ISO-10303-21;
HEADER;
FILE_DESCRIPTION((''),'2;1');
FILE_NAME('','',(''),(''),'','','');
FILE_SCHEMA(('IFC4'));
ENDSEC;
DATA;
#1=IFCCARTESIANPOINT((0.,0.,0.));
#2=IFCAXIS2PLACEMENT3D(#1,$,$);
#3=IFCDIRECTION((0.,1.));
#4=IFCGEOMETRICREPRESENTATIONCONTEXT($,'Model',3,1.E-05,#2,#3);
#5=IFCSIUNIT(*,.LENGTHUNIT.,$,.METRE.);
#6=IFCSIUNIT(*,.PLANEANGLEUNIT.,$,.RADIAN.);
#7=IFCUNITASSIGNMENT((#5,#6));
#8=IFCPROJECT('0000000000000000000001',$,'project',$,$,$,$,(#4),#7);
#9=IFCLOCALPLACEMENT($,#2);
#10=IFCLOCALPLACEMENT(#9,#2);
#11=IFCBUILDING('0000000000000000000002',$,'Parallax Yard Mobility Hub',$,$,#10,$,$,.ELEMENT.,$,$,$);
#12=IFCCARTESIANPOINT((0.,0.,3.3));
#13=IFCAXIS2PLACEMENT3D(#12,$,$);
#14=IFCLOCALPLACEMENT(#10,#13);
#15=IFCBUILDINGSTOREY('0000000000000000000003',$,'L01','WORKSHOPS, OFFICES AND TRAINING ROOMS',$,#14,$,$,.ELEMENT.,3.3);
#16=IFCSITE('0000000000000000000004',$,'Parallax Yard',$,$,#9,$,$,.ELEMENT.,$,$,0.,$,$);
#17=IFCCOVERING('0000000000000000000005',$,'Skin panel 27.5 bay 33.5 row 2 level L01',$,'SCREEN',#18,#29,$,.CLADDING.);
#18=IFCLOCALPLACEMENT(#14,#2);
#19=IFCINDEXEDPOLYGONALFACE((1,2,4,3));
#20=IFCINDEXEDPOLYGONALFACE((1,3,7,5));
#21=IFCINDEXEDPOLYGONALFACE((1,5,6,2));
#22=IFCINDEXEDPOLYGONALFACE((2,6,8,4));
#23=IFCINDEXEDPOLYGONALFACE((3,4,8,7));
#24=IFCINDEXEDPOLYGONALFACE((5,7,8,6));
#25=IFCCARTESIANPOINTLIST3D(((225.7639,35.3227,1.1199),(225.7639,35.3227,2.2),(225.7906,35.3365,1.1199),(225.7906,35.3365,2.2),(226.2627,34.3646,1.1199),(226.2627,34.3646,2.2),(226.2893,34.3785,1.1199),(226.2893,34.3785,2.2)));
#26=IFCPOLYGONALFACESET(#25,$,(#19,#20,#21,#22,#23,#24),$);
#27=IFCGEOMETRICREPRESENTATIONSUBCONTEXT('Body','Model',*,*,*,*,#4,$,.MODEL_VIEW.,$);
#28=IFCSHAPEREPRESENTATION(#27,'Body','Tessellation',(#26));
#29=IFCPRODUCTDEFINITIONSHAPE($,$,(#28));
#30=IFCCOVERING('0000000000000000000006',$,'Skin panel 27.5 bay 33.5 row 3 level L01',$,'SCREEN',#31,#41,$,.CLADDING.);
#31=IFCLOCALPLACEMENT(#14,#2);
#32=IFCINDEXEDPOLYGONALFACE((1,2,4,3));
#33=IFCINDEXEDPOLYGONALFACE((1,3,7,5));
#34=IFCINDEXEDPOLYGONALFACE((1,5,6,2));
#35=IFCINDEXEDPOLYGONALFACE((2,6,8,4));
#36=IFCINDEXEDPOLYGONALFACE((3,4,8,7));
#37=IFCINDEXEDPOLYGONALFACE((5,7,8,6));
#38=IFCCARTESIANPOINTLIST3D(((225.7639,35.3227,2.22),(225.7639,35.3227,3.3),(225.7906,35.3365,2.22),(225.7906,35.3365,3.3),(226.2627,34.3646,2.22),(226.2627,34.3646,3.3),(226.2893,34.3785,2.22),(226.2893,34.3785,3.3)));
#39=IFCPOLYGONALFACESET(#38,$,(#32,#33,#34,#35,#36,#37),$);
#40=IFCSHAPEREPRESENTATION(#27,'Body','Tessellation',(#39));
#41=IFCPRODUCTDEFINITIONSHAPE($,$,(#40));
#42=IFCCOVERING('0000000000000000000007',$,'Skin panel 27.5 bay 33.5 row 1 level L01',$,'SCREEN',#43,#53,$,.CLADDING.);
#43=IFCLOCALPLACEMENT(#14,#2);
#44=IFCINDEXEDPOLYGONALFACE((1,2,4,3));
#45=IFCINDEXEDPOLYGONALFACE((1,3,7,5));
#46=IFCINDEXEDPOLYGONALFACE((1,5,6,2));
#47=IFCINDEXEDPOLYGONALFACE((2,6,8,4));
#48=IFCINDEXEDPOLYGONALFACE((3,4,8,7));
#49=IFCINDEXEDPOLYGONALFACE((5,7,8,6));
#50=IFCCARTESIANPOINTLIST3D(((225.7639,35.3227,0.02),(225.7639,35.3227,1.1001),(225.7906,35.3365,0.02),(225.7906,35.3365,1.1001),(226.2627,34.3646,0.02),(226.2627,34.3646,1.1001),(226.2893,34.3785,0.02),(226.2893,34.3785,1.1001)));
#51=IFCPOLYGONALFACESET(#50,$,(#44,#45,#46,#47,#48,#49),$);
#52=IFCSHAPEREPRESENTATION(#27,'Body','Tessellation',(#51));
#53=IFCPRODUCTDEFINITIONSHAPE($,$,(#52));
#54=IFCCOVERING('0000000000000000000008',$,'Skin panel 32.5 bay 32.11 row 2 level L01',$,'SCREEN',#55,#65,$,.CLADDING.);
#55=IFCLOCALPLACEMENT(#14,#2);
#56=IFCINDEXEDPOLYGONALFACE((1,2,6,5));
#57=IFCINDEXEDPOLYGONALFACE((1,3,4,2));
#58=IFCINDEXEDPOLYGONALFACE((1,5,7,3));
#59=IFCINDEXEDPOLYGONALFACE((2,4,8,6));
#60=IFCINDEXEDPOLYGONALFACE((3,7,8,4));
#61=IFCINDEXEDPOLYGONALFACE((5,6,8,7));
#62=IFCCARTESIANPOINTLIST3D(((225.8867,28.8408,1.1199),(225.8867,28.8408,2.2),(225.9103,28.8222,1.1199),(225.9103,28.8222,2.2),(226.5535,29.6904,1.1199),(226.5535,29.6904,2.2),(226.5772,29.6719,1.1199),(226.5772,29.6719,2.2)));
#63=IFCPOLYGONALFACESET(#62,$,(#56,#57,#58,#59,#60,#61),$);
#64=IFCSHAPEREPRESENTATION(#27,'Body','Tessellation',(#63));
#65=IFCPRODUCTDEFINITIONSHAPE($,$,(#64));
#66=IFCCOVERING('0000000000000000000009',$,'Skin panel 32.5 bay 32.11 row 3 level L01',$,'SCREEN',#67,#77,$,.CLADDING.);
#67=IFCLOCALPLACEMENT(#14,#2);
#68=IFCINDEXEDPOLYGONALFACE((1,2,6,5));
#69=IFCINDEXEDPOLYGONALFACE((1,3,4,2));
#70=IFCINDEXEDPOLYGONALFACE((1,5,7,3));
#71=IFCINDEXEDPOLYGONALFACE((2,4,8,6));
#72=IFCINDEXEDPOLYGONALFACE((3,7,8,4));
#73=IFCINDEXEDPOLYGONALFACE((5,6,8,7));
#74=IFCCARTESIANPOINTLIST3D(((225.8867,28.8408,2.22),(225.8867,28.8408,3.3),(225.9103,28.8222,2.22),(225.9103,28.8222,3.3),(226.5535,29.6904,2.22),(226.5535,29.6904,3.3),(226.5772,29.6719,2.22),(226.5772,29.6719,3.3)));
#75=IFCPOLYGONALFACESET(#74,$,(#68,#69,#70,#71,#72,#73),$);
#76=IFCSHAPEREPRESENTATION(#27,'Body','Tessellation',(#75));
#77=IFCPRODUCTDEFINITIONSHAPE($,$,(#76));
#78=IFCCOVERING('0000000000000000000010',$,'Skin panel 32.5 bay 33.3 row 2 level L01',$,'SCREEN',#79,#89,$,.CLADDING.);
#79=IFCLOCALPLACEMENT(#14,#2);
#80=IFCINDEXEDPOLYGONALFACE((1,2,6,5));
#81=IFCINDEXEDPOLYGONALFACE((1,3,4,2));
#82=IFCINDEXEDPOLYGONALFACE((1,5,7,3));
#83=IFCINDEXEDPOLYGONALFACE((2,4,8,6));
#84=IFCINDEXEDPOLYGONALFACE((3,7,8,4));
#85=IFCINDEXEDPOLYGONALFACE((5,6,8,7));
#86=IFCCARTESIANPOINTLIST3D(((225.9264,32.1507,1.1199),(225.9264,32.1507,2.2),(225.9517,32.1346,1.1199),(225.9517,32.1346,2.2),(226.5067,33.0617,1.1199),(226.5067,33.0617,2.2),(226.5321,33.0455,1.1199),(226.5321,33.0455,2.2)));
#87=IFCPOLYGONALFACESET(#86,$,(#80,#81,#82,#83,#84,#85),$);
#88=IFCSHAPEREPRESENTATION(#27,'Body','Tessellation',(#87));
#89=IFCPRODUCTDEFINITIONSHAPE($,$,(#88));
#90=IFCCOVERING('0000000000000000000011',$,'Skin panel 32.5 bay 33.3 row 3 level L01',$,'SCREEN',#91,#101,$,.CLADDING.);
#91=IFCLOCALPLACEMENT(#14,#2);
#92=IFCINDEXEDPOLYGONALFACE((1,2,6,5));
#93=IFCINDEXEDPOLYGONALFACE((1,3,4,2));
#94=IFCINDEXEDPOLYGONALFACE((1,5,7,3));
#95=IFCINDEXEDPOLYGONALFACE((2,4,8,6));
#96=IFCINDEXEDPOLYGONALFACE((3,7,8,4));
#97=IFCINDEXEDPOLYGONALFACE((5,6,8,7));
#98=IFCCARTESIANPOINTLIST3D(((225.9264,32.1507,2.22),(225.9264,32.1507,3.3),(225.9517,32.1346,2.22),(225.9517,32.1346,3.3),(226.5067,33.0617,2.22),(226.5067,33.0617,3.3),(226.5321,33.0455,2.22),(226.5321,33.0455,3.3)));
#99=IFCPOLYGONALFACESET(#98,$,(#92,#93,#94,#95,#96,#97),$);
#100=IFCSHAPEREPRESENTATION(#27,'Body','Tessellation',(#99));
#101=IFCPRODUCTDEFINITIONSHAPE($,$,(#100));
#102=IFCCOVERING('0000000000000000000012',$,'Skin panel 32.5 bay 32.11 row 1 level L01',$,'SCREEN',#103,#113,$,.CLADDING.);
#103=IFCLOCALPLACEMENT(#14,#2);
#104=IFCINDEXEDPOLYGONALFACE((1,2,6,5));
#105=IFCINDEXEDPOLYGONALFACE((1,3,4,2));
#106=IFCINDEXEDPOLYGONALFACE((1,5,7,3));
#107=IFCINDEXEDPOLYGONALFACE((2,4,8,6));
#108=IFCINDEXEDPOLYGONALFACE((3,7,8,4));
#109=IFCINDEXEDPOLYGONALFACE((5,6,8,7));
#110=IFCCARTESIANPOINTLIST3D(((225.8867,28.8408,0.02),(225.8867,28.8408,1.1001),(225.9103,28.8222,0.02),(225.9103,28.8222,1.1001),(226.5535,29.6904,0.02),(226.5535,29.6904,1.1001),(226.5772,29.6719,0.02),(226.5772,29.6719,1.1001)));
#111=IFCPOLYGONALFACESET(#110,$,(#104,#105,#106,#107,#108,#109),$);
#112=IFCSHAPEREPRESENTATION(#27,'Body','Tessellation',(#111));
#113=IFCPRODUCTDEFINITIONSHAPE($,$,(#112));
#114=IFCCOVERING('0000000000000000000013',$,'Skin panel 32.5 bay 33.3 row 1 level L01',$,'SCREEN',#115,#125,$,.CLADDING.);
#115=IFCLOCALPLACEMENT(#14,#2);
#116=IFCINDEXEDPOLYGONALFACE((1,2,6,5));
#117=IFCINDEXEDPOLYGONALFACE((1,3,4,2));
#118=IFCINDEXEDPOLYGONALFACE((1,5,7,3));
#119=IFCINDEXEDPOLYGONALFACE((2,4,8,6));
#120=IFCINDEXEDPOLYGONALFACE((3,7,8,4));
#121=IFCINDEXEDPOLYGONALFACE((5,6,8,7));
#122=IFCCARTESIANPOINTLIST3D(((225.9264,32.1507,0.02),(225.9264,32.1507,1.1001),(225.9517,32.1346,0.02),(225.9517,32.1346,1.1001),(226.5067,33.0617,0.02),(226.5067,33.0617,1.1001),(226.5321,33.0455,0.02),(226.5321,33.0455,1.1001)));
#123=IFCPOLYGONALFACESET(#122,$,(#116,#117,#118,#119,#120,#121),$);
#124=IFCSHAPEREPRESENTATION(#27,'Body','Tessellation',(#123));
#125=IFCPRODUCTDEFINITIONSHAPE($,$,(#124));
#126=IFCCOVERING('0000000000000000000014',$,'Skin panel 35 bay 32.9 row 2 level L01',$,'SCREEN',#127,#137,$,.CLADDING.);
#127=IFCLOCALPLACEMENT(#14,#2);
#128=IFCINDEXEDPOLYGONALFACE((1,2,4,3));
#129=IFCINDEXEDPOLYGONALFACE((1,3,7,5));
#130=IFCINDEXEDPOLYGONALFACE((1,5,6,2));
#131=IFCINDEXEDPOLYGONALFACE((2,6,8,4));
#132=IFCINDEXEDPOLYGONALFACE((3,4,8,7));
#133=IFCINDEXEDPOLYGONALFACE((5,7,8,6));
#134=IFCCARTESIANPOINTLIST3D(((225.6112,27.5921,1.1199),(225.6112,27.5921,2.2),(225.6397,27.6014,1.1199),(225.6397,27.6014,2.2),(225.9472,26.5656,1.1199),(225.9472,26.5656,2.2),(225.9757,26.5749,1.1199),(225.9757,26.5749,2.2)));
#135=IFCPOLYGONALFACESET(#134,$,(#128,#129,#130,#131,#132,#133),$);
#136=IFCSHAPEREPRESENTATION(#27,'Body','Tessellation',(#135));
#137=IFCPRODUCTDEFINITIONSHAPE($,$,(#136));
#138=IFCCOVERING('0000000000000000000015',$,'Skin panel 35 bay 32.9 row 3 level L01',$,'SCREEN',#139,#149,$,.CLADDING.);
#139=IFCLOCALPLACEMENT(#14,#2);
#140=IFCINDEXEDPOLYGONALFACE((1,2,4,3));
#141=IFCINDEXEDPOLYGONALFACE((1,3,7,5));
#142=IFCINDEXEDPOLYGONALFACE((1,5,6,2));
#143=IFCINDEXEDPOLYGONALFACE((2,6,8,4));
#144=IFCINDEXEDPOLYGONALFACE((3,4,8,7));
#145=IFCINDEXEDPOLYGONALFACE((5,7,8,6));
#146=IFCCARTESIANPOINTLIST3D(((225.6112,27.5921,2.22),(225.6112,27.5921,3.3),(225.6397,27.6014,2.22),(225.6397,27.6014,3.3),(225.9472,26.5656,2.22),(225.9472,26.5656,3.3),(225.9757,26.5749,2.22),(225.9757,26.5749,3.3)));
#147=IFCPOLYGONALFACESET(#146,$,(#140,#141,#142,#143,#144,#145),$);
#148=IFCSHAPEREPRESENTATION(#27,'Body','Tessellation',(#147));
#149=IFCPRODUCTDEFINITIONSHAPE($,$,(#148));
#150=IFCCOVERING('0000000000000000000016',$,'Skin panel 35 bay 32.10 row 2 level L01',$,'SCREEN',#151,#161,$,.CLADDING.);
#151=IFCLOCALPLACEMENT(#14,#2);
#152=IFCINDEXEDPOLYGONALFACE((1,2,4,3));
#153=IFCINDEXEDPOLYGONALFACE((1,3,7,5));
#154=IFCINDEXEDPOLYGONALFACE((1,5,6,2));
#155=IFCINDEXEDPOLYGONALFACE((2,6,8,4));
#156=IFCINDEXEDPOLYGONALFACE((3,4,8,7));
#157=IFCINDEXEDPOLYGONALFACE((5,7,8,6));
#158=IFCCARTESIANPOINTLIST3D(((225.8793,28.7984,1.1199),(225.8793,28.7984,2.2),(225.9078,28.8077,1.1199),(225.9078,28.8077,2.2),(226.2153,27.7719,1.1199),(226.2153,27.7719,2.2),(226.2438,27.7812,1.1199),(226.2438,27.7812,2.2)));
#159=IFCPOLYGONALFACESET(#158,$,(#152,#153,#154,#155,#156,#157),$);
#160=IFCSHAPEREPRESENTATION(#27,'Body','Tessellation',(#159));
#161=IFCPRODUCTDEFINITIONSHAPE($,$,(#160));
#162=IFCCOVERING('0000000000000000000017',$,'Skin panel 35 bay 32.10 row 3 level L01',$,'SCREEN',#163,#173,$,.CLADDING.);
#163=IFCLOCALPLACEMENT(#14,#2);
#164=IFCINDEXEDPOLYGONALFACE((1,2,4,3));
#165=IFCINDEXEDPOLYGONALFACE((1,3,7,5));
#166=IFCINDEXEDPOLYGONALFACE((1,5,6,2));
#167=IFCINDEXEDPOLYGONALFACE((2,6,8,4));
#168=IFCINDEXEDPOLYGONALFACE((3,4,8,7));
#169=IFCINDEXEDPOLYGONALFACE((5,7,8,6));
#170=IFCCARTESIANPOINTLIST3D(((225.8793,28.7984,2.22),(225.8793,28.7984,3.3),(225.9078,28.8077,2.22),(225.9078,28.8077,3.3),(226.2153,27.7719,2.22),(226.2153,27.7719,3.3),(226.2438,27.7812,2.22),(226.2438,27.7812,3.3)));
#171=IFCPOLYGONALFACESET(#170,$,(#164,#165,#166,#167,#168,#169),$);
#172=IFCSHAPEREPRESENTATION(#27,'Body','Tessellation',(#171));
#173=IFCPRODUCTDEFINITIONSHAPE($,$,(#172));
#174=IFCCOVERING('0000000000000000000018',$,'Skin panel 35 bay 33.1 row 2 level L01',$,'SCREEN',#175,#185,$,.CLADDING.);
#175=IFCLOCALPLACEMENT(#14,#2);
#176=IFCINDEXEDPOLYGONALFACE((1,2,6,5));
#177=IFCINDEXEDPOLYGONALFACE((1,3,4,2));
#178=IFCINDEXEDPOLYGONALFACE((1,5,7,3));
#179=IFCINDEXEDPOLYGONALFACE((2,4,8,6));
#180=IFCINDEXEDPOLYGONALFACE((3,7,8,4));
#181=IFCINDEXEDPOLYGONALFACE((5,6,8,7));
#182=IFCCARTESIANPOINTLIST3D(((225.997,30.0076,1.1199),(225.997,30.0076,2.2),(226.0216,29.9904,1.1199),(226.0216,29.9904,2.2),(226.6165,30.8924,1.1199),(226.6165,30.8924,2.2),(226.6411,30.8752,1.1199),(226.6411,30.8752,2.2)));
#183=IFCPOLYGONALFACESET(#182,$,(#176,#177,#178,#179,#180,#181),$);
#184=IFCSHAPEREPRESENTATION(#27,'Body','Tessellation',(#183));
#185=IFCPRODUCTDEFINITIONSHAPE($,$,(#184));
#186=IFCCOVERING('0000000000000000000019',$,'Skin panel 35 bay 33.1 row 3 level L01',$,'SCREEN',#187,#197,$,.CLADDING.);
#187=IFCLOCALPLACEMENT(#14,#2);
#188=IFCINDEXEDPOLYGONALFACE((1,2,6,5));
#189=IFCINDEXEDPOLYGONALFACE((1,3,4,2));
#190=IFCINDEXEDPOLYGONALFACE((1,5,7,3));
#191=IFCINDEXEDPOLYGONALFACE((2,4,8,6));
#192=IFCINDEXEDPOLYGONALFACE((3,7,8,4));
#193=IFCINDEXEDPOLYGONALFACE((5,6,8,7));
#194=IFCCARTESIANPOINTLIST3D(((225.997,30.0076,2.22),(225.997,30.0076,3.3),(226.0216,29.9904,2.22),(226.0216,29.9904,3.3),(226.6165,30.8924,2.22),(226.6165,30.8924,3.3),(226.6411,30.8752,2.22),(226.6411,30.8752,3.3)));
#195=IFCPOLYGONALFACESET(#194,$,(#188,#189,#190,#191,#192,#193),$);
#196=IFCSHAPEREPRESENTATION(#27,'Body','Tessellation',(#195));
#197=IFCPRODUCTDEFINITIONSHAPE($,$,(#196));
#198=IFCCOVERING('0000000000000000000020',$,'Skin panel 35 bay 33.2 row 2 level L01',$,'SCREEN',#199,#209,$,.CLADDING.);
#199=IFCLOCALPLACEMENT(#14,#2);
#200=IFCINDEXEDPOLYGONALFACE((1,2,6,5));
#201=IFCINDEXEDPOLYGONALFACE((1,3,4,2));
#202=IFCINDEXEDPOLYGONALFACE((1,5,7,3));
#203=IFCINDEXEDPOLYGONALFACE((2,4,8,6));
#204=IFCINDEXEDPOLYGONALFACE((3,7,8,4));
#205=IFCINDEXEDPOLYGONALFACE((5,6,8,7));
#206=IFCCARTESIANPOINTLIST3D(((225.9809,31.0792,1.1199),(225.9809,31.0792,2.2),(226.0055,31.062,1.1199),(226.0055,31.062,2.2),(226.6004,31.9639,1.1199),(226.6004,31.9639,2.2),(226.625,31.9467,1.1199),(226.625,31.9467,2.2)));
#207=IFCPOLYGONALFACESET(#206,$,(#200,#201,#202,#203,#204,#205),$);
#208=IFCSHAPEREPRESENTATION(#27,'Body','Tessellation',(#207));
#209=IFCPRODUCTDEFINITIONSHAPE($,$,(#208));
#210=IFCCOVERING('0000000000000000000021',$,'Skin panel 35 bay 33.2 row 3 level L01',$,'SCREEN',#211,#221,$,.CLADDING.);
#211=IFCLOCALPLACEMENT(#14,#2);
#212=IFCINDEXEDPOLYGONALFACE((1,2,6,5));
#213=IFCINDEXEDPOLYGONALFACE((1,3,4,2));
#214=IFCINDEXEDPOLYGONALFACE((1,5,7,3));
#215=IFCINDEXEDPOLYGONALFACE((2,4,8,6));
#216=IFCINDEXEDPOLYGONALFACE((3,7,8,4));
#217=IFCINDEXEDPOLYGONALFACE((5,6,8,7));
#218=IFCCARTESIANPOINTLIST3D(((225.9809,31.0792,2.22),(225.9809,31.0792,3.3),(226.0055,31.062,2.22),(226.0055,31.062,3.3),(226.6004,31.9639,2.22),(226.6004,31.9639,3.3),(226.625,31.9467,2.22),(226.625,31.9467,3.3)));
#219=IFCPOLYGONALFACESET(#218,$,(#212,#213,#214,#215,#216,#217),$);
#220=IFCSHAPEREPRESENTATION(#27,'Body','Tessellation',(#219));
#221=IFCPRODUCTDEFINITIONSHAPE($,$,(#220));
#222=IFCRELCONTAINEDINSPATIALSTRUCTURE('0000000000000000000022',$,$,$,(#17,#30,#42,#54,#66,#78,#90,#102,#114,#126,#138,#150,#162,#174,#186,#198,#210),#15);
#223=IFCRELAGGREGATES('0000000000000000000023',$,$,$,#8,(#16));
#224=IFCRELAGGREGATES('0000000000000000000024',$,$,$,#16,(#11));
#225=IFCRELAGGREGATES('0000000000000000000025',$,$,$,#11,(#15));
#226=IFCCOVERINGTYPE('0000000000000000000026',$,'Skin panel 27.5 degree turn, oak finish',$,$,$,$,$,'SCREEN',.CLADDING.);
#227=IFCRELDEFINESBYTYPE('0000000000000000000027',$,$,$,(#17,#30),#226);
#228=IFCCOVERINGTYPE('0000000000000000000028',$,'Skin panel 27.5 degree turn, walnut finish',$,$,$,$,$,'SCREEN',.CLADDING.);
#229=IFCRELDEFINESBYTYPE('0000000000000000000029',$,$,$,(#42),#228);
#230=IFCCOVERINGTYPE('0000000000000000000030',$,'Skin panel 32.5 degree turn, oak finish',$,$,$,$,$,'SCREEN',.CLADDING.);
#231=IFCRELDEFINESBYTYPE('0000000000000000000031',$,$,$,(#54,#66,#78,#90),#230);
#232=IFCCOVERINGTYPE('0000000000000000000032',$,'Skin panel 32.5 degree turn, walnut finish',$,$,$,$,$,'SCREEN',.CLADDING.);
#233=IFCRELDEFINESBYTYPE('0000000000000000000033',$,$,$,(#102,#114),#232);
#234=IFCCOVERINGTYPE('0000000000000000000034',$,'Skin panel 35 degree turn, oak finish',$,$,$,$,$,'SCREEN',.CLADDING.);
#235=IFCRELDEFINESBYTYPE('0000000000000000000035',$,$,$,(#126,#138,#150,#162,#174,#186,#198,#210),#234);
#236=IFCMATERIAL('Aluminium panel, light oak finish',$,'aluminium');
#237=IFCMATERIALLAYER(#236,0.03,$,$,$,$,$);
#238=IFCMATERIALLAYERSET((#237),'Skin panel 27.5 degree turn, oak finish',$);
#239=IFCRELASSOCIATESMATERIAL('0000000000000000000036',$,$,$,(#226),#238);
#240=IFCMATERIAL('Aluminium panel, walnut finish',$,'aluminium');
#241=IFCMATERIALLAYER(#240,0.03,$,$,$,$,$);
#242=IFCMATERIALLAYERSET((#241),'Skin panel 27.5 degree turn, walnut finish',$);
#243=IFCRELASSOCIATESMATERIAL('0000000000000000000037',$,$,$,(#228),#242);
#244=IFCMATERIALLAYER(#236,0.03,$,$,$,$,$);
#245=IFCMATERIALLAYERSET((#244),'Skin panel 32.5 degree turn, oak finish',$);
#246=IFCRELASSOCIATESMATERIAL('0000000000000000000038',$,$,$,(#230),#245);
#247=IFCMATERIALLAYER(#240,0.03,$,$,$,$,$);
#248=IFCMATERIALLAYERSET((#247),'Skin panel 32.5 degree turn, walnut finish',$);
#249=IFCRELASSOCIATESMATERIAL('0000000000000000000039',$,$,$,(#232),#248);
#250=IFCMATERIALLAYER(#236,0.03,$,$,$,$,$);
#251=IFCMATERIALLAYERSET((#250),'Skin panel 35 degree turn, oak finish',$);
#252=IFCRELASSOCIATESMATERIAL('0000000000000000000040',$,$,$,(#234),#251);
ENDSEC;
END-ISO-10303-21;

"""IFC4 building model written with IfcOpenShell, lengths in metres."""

from ifc_helpers import new_model, si_unit, direction, frame, origin, origin_2d, place, context, subcontext, project, spatial, rectangle, extrude, material, layer, layer_set, type_object, element, save


model = new_model("IFC4")

# Units and contexts
model_context = context("Model", 3, precision=1e-05, world=origin(), true_north=direction((0.0, 1.0)))
body_context = subcontext(model_context, "Body", "Model", "MODEL_VIEW")
ifc_project = project(units=[si_unit("LENGTHUNIT", "METRE"), si_unit("PLANEANGLEUNIT", "RADIAN")], contexts=[model_context])

# Site, building, storey
site_placement = place(None, origin())
site = spatial("IfcSite", under=ifc_project, at=site_placement, Name="Parallax Yard", CompositionType="ELEMENT", RefElevation=0.0)
building_placement = place(site_placement, origin())
building = spatial("IfcBuilding", under=site, at=building_placement, Name="Parallax Yard Mobility Hub", CompositionType="ELEMENT")
storey_placement = place(building_placement, frame((0.0, 0.0, 3.3)))
storey = spatial("IfcBuildingStorey", under=building, at=storey_placement, Name="L01", Description="WORKSHOPS, OFFICES AND TRAINING ROOMS", CompositionType="ELEMENT", Elevation=3.3)

# Coverings
ifc_material_1 = material(Name="Aluminium panel, light oak finish", Category="aluminium")
ifc_layer_1 = layer(ifc_material_1, 0.03)
ifc_layer_set_1 = layer_set([ifc_layer_1], Name="Skin panel 27.5 degree turn, oak finish")
covering_type_1 = type_object("IfcCoveringType", Name="Skin panel 27.5 degree turn, oak finish", ElementType="SCREEN", PredefinedType="CLADDING", material=ifc_layer_set_1)
for number, where, z_axis, x_axis, name in (
    (1, (226.0266, 34.8506, 1.1199), (0.0, 0.0, 1.0), (0.461749, -0.887011, 0.0), "Skin panel 27.5 bay 33.5 row 2 level L01"),
    (2, (226.0266, 34.8506, 2.22), (0.0, 0.0, 1.0), (0.461749, -0.887011, 0.0), "Skin panel 27.5 bay 33.5 row 3 level L01"),
):
    element("IfcCovering", number, at=place(storey_placement, frame(where, z_axis=z_axis, x_axis=x_axis)), inside=storey, type_object=covering_type_1, Name=name, ObjectType="SCREEN", PredefinedType="CLADDING", context=body_context, shape_type="SweptSolid", body=[
        extrude(rectangle(XDim=1.0801, YDim=0.03, at=origin_2d()), origin(), (0.0, 0.0, 1.0), 1.0801),
    ])
ifc_material_2 = material(Name="Aluminium panel, walnut finish", Category="aluminium")
ifc_layer_2 = layer(ifc_material_2, 0.03)
ifc_layer_set_2 = layer_set([ifc_layer_2], Name="Skin panel 27.5 degree turn, walnut finish")
covering_type_2 = type_object("IfcCoveringType", Name="Skin panel 27.5 degree turn, walnut finish", ElementType="SCREEN", PredefinedType="CLADDING", material=ifc_layer_set_2)
covering_placement = place(storey_placement, frame((226.0266, 34.8506, 0.02), z_axis=(0.0, 0.0, 1.0), x_axis=(0.461749, -0.887011, 0.0)))
element("IfcCovering", 3, at=covering_placement, inside=storey, type_object=covering_type_2, Name="Skin panel 27.5 bay 33.5 row 1 level L01", ObjectType="SCREEN", PredefinedType="CLADDING", context=body_context, shape_type="SweptSolid", body=[
    extrude(rectangle(XDim=1.0801, YDim=0.03, at=origin_2d()), origin(), (0.0, 0.0, 1.0), 1.0801),
])
ifc_layer_3 = layer(ifc_material_1, 0.03)
ifc_layer_set_3 = layer_set([ifc_layer_3], Name="Skin panel 32.5 degree turn, oak finish")
covering_type_3 = type_object("IfcCoveringType", Name="Skin panel 32.5 degree turn, oak finish", ElementType="SCREEN", PredefinedType="CLADDING", material=ifc_layer_set_3)
for number, where, z_axis, x_axis, name in (
    (4, (226.2319, 29.2563, 1.1199), (0.0, 0.0, 1.0), (0.617379, 0.786666, 0.0), "Skin panel 32.5 bay 32.11 row 2 level L01"),
    (5, (226.2319, 29.2563, 2.22), (0.0, 0.0, 1.0), (0.617379, 0.786666, 0.0), "Skin panel 32.5 bay 32.11 row 3 level L01"),
    (6, (226.2292, 32.5981, 1.1199), (0.0, 0.0, 1.0), (0.5373, 0.843391, 0.0), "Skin panel 32.5 bay 33.3 row 2 level L01"),
    (7, (226.2292, 32.5981, 2.22), (0.0, 0.0, 1.0), (0.5373, 0.843391, 0.0), "Skin panel 32.5 bay 33.3 row 3 level L01"),
):
    element("IfcCovering", number, at=place(storey_placement, frame(where, z_axis=z_axis, x_axis=x_axis)), inside=storey, type_object=covering_type_3, Name=name, ObjectType="SCREEN", PredefinedType="CLADDING", context=body_context, shape_type="SweptSolid", body=[
        extrude(rectangle(XDim=1.0801, YDim=0.03, at=origin_2d()), origin(), (0.0, 0.0, 1.0), 1.0801),
    ])
ifc_layer_4 = layer(ifc_material_2, 0.03)
ifc_layer_set_4 = layer_set([ifc_layer_4], Name="Skin panel 32.5 degree turn, walnut finish")
covering_type_4 = type_object("IfcCoveringType", Name="Skin panel 32.5 degree turn, walnut finish", ElementType="SCREEN", PredefinedType="CLADDING", material=ifc_layer_set_4)
for number, where, z_axis, x_axis, name in (
    (8, (226.2319, 29.2563, 0.02), (0.0, 0.0, 1.0), (0.617379, 0.786666, 0.0), "Skin panel 32.5 bay 32.11 row 1 level L01"),
    (9, (226.2292, 32.5981, 0.02), (0.0, 0.0, 1.0), (0.5373, 0.843391, 0.0), "Skin panel 32.5 bay 33.3 row 1 level L01"),
):
    element("IfcCovering", number, at=place(storey_placement, frame(where, z_axis=z_axis, x_axis=x_axis)), inside=storey, type_object=covering_type_4, Name=name, ObjectType="SCREEN", PredefinedType="CLADDING", context=body_context, shape_type="SweptSolid", body=[
        extrude(rectangle(XDim=1.0801, YDim=0.03, at=origin_2d()), origin(), (0.0, 0.0, 1.0), 1.0801),
    ])
ifc_layer_5 = layer(ifc_material_1, 0.03)
ifc_layer_set_5 = layer_set([ifc_layer_5], Name="Skin panel 35 degree turn, oak finish")
covering_type_5 = type_object("IfcCoveringType", Name="Skin panel 35 degree turn, oak finish", ElementType="SCREEN", PredefinedType="CLADDING", material=ifc_layer_set_5)
for number, where, z_axis, x_axis, name in (
    (10, (225.7935, 27.0835, 1.1199), (0.0, 0.0, 1.0), (0.311091, -0.95038, 0.0), "Skin panel 35 bay 32.9 row 2 level L01"),
    (11, (225.7935, 27.0835, 2.22), (0.0, 0.0, 1.0), (0.311091, -0.95038, 0.0), "Skin panel 35 bay 32.9 row 3 level L01"),
    (12, (226.0615, 28.2898, 1.1199), (0.0, 0.0, 1.0), (0.311091, -0.95038, 0.0), "Skin panel 35 bay 32.10 row 2 level L01"),
    (13, (226.0615, 28.2898, 2.22), (0.0, 0.0, 1.0), (0.311091, -0.95038, 0.0), "Skin panel 35 bay 32.10 row 3 level L01"),
    (14, (226.3191, 30.4414, 1.1199), (0.0, 0.0, 1.0), (0.573576, 0.819152, 0.0), "Skin panel 35 bay 33.1 row 2 level L01"),
    (15, (226.3191, 30.4414, 2.22), (0.0, 0.0, 1.0), (0.573576, 0.819152, 0.0), "Skin panel 35 bay 33.1 row 3 level L01"),
    (16, (226.303, 31.5129, 1.1199), (0.0, 0.0, 1.0), (0.573576, 0.819152, 0.0), "Skin panel 35 bay 33.2 row 2 level L01"),
    (17, (226.303, 31.5129, 2.22), (0.0, 0.0, 1.0), (0.573576, 0.819152, 0.0), "Skin panel 35 bay 33.2 row 3 level L01"),
):
    element("IfcCovering", number, at=place(storey_placement, frame(where, z_axis=z_axis, x_axis=x_axis)), inside=storey, type_object=covering_type_5, Name=name, ObjectType="SCREEN", PredefinedType="CLADDING", context=body_context, shape_type="SweptSolid", body=[
        extrude(rectangle(XDim=1.0801, YDim=0.03, at=origin_2d()), origin(), (0.0, 0.0, 1.0), 1.0801),
    ])

save(model, "model.ifc")
